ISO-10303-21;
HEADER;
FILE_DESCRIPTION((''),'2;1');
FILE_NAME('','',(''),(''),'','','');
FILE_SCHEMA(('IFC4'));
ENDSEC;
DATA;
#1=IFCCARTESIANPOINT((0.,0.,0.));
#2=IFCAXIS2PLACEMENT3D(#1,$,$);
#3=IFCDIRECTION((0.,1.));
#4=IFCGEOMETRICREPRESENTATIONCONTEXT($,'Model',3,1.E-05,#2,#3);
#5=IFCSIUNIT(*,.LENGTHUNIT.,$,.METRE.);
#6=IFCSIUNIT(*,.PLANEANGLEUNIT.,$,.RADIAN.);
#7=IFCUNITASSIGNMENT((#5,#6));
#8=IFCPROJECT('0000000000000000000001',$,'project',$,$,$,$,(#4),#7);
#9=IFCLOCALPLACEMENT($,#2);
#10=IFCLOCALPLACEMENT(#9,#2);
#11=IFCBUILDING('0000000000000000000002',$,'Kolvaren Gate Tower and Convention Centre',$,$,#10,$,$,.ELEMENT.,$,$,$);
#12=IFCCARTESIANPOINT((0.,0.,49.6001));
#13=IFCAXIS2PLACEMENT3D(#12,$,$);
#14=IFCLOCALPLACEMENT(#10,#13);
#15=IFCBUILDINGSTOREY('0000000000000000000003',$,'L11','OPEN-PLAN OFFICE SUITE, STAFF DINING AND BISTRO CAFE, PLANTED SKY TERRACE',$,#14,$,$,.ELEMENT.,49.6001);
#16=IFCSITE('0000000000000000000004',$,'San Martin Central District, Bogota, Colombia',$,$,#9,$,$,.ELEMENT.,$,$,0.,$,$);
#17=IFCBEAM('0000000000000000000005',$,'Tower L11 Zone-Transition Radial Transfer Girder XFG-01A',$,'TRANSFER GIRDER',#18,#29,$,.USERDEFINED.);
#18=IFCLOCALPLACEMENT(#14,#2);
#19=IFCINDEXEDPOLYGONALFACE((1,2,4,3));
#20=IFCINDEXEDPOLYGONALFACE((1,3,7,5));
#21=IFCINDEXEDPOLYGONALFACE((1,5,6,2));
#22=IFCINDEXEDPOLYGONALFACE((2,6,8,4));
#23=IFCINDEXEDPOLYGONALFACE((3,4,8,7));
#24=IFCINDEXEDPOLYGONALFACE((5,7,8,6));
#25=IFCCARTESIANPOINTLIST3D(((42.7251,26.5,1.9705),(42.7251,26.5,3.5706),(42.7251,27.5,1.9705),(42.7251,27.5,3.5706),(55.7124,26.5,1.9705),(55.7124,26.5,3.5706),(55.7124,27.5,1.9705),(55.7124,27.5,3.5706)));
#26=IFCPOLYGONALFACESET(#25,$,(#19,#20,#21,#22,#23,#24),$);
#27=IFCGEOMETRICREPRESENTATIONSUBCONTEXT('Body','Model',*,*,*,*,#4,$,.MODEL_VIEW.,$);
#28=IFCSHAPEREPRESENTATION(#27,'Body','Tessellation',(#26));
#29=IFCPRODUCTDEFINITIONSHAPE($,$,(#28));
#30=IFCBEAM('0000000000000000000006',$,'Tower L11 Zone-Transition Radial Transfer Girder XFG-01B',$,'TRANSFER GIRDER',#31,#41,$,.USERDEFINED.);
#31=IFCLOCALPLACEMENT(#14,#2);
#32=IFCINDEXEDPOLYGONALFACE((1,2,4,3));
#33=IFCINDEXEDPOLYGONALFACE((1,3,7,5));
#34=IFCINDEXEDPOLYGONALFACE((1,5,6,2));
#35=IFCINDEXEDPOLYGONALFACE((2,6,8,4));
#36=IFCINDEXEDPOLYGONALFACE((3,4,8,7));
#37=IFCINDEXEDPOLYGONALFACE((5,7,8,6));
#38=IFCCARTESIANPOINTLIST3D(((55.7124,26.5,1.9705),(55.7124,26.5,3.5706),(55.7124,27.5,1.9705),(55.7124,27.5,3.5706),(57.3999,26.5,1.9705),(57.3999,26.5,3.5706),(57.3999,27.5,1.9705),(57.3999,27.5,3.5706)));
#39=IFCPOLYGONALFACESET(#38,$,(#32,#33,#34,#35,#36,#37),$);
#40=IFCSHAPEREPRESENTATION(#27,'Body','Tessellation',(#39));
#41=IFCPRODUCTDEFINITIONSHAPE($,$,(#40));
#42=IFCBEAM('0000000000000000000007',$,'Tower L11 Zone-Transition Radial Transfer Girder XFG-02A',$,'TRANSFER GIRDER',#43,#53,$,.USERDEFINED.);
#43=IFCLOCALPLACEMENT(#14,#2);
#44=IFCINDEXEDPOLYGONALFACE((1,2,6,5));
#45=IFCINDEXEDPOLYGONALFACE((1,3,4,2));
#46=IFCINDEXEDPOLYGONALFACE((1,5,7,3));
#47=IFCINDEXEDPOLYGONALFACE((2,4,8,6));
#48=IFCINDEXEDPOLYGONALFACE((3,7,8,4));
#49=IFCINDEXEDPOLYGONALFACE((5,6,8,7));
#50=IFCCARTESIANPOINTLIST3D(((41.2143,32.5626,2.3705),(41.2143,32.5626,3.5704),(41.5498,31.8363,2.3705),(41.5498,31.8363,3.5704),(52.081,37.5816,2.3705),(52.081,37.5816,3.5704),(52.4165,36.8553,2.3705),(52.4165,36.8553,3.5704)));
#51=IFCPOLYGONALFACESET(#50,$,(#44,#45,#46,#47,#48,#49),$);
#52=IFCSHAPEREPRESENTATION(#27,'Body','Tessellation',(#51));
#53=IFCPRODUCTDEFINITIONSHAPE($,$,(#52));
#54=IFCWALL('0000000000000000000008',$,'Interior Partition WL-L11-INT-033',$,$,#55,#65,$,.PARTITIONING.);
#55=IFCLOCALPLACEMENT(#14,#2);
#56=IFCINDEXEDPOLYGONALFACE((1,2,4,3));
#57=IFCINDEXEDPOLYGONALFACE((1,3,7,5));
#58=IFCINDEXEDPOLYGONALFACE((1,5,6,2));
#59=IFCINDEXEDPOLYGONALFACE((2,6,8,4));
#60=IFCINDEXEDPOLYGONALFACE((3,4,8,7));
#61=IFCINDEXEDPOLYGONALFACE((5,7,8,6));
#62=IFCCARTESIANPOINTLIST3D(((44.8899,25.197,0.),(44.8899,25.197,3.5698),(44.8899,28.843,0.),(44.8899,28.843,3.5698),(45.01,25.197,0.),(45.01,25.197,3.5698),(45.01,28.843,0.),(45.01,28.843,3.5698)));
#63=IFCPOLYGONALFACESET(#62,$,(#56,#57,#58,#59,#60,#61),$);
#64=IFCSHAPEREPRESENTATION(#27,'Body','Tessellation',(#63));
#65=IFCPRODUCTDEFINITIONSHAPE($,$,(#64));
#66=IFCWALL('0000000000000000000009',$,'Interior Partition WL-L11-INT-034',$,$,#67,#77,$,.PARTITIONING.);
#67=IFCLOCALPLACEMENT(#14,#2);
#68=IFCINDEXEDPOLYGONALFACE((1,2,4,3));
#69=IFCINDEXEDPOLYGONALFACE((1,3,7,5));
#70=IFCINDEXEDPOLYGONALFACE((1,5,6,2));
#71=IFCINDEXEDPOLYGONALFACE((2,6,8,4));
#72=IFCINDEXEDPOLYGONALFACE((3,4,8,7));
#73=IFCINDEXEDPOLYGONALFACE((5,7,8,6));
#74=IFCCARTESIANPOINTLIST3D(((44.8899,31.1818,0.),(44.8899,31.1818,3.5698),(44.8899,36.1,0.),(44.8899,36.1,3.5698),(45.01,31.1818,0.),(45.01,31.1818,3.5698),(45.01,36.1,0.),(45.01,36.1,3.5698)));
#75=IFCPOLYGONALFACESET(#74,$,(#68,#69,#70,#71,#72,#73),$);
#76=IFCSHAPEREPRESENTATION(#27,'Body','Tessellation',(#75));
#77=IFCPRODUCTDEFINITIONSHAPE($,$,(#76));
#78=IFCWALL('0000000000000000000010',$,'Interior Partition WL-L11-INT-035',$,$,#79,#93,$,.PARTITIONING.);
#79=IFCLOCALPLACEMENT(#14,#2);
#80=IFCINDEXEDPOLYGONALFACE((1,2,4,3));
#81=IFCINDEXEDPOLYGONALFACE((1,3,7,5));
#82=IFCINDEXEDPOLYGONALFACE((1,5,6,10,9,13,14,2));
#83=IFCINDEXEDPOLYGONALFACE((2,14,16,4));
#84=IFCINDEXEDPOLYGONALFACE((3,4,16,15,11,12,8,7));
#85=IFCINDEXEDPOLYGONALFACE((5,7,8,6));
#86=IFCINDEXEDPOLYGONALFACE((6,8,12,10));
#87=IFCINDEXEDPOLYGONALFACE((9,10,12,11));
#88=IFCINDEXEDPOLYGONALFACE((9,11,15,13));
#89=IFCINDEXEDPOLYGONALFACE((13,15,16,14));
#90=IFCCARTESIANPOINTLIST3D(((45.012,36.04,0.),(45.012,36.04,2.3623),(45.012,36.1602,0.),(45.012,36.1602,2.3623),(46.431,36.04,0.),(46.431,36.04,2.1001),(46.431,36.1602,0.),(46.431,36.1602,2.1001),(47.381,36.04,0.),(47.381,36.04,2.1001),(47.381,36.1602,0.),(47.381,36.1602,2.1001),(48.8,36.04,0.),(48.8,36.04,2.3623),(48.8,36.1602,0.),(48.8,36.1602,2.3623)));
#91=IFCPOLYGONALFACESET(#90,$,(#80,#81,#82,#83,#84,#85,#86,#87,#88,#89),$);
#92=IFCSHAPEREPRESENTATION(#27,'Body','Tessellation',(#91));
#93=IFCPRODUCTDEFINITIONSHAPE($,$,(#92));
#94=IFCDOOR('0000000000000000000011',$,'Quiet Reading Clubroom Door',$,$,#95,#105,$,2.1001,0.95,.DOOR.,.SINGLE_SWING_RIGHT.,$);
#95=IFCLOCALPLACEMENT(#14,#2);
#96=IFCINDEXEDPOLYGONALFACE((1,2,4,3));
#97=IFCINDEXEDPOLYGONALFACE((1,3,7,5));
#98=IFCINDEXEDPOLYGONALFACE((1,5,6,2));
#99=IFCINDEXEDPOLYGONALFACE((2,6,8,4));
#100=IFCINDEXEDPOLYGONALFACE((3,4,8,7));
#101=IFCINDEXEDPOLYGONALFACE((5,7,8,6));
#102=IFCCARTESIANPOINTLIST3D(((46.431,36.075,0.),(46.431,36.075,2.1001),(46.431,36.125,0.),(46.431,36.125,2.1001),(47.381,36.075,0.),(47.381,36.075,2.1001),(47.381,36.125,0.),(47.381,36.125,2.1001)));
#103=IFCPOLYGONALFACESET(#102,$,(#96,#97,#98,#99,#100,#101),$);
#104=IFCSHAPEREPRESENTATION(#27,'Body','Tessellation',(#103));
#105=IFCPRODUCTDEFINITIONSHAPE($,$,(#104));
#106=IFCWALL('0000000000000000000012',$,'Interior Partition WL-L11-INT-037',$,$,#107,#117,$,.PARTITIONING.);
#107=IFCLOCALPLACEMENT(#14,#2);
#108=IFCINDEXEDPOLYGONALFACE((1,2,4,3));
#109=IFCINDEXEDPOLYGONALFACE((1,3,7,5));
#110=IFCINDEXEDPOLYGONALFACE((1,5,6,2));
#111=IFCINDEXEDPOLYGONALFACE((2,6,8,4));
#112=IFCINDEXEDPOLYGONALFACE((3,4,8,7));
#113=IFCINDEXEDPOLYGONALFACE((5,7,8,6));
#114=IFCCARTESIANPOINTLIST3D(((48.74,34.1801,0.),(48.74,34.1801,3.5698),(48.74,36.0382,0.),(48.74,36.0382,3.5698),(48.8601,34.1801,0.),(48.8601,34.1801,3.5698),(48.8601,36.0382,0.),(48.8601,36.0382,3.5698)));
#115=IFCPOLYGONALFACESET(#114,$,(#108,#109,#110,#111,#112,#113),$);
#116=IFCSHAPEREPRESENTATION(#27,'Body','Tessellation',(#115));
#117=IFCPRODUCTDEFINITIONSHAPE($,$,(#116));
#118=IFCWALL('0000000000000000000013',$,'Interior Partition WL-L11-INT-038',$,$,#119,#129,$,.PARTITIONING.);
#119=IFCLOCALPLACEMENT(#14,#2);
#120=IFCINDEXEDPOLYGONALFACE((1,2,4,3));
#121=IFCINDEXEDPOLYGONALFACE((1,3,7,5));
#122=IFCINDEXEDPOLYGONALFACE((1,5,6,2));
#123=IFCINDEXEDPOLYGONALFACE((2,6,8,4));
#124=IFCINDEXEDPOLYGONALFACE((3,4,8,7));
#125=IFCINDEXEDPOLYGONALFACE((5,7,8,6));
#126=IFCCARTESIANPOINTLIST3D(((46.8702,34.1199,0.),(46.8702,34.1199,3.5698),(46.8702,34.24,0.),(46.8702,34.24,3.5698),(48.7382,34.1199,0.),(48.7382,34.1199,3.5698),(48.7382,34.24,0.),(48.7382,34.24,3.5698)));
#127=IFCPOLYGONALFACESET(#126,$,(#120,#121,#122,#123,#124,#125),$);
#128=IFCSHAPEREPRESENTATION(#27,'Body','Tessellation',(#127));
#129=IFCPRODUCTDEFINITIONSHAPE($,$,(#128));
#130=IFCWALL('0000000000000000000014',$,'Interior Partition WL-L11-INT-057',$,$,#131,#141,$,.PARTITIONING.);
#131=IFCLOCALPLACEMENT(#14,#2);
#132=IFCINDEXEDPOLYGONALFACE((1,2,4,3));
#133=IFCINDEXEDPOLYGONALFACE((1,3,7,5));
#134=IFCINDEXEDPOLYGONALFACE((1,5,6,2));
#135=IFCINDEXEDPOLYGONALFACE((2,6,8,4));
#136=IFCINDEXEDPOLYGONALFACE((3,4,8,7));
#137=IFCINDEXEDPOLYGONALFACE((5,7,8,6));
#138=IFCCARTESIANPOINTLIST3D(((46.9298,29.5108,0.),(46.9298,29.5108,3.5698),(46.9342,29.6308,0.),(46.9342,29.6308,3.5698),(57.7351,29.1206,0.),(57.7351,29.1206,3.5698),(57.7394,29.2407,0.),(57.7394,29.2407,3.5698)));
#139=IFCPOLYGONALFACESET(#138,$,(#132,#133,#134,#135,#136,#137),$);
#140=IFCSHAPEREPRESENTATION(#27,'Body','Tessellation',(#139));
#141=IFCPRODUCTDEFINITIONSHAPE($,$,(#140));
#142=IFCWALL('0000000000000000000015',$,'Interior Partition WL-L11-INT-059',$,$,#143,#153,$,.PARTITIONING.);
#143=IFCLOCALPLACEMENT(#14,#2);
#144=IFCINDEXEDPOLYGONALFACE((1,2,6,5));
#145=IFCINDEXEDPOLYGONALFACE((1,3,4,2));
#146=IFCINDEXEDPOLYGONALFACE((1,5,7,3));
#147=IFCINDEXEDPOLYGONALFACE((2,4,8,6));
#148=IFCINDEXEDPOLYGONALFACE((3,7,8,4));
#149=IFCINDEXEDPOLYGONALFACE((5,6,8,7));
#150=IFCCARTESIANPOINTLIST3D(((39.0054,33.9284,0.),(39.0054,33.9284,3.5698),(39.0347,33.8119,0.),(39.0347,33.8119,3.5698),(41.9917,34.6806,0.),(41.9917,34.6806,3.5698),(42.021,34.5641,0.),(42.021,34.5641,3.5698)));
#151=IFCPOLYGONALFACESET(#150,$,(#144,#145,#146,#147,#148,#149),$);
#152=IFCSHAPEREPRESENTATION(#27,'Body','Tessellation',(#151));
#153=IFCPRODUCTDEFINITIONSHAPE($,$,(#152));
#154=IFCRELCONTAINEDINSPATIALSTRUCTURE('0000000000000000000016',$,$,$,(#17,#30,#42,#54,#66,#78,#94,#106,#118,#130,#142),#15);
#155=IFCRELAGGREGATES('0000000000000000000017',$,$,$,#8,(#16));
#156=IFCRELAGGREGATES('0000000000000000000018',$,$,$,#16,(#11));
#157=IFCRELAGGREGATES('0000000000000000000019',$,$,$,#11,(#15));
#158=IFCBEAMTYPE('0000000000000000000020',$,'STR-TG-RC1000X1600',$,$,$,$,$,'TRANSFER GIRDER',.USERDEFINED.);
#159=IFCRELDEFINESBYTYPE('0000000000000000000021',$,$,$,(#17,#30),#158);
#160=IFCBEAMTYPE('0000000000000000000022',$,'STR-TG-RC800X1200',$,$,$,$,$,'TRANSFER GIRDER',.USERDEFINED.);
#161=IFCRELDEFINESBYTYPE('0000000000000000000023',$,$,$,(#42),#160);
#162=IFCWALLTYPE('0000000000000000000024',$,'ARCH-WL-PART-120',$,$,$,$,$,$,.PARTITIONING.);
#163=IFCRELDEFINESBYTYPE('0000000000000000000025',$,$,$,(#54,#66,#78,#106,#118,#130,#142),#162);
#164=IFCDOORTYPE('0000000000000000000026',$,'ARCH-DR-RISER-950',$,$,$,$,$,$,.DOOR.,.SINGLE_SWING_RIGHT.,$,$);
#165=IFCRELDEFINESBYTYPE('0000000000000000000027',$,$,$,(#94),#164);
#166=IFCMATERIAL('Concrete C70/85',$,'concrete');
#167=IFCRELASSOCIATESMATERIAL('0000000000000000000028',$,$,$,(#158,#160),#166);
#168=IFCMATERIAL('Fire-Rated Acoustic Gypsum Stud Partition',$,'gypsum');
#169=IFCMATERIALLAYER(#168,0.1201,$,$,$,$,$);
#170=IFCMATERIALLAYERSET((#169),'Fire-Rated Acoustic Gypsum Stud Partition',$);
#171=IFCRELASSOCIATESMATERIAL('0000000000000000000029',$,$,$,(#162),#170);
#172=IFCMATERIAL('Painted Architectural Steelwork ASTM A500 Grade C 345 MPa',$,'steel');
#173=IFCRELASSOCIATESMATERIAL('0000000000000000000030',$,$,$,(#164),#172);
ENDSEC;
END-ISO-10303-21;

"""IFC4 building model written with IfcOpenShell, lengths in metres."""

from ifc_helpers import new_model, si_unit, direction, frame, frame_2d, origin, origin_2d, place, context, subcontext, project, spatial, rectangle, extrude, material, layer, layer_set, material_profile, profile_set, type_object, element, fill, save


model = new_model("IFC4")

# Units and contexts
model_context = context("Model", 3, precision=1e-05, world=origin(), true_north=direction((0.0, 1.0)))
body_context = subcontext(model_context, "Body", "Model", "MODEL_VIEW")
ifc_project = project(units=[si_unit("LENGTHUNIT", "METRE"), si_unit("PLANEANGLEUNIT", "RADIAN")], contexts=[model_context])

# Site, building, storey
site_placement = place(None, origin())
site = spatial("IfcSite", under=ifc_project, at=site_placement, Name="San Martin Central District, Bogota, Colombia", CompositionType="ELEMENT", RefElevation=0.0)
building_placement = place(site_placement, origin())
building = spatial("IfcBuilding", under=site, at=building_placement, Name="Kolvaren Gate Tower and Convention Centre", CompositionType="ELEMENT")
storey_placement = place(building_placement, frame((0.0, 0.0, 49.6001)))
storey = spatial("IfcBuildingStorey", under=building, at=storey_placement, Name="L11", Description="OPEN-PLAN OFFICE SUITE, STAFF DINING AND BISTRO CAFE, PLANTED SKY TERRACE", CompositionType="ELEMENT", Elevation=49.6001)

# Shared definitions
ifc_material_1 = material(Name="Concrete C70/85", Category="concrete")

# Beams
ifc_material_profile_1 = material_profile(ifc_material_1, rectangle(XDim=1.0, YDim=1.6001, at=origin_2d()), Name="RC-BM-1000X1600")
ifc_profile_set_1 = profile_set([ifc_material_profile_1], Name="Concrete C70/85")
beam_type_1 = type_object("IfcBeamType", Name="STR-TG-RC1000X1600", ElementType="TRANSFER GIRDER", PredefinedType="USERDEFINED", material=ifc_profile_set_1)
beam_1_placement = place(storey_placement, frame((42.7251, 27.0, 2.7705), z_axis=(1.0, 0.0, 0.0), x_axis=(0.0, 1.0, 0.0)))
element("IfcBeam", 1, at=beam_1_placement, inside=storey, type_object=beam_type_1, Name="Tower L11 Zone-Transition Radial Transfer Girder XFG-01A", ObjectType="TRANSFER GIRDER", PredefinedType="USERDEFINED", context=body_context, shape_type="SweptSolid", body=[
    extrude(rectangle(XDim=1.0, YDim=1.6001, at=origin_2d()), origin(), (0.0, 0.0, 1.0), 12.9873),
])
beam_2_placement = place(storey_placement, frame((55.7124, 27.0, 2.7705), z_axis=(1.0, 0.0, 0.0), x_axis=(0.0, 1.0, 0.0)))
element("IfcBeam", 2, at=beam_2_placement, inside=storey, type_object=beam_type_1, Name="Tower L11 Zone-Transition Radial Transfer Girder XFG-01B", ObjectType="TRANSFER GIRDER", PredefinedType="USERDEFINED", context=body_context, shape_type="SweptSolid", body=[
    extrude(rectangle(XDim=1.0, YDim=1.6001, at=origin_2d()), origin(), (0.0, 0.0, 1.0), 1.6875),
])
ifc_material_profile_2 = material_profile(ifc_material_1, rectangle(XDim=0.8, YDim=1.2, at=origin_2d()), Name="RC-BM-800X1200")
ifc_profile_set_2 = profile_set([ifc_material_profile_2], Name="Concrete C70/85")
beam_type_2 = type_object("IfcBeamType", Name="STR-TG-RC800X1200", ElementType="TRANSFER GIRDER", PredefinedType="USERDEFINED", material=ifc_profile_set_2)
beam_3_placement = place(storey_placement, frame((41.3821, 32.1995, 2.9705), z_axis=(0.907844, 0.419309, 0.0), x_axis=(-0.419309, 0.907844, 0.0)))
element("IfcBeam", 3, at=beam_3_placement, inside=storey, type_object=beam_type_2, Name="Tower L11 Zone-Transition Radial Transfer Girder XFG-02A", ObjectType="TRANSFER GIRDER", PredefinedType="USERDEFINED", context=body_context, shape_type="SweptSolid", body=[
    extrude(rectangle(XDim=0.8, YDim=1.2, at=origin_2d()), origin(), (0.0, 0.0, 1.0), 11.9697),
])

# Walls
ifc_material_2 = material(Name="Fire-Rated Acoustic Gypsum Stud Partition", Category="gypsum")
ifc_layer_1 = layer(ifc_material_2, 0.1201)
ifc_layer_set_1 = layer_set([ifc_layer_1], Name="Fire-Rated Acoustic Gypsum Stud Partition")
wall_type_1 = type_object("IfcWallType", Name="ARCH-WL-PART-120", PredefinedType="PARTITIONING", material=ifc_layer_set_1)
wall_1_placement = place(storey_placement, frame((44.95, 25.197, 0.0), z_axis=(0.0, 0.0, 1.0), x_axis=(0.0, 1.0, 0.0)))
element("IfcWall", 4, at=wall_1_placement, inside=storey, type_object=wall_type_1, Name="Interior Partition WL-L11-INT-033", PredefinedType="PARTITIONING", context=body_context, shape_type="SweptSolid", body=[
    extrude(rectangle(XDim=3.646, YDim=0.1201, at=frame_2d((1.823, 0.0))), origin(), (0.0, 0.0, 1.0), 3.5698),
])
wall_2_placement = place(storey_placement, frame((44.95, 31.1819, 0.0), z_axis=(0.0, 0.0, 1.0), x_axis=(0.0, 1.0, 0.0)))
element("IfcWall", 5, at=wall_2_placement, inside=storey, type_object=wall_type_1, Name="Interior Partition WL-L11-INT-034", PredefinedType="PARTITIONING", context=body_context, shape_type="SweptSolid", body=[
    extrude(rectangle(XDim=4.9182, YDim=0.1201, at=frame_2d((2.459, 0.0))), origin(), (0.0, 0.0, 1.0), 3.5698),
])

# Wall, opening, door
wall_3_placement = place(storey_placement, frame((45.012, 36.1001, 0.0), z_axis=(0.0, 0.0, 1.0), x_axis=(1.0, 0.0, 0.0)))
wall_3 = element("IfcWall", 6, at=wall_3_placement, inside=storey, type_object=wall_type_1, Name="Interior Partition WL-L11-INT-035", PredefinedType="PARTITIONING", context=body_context, shape_type="SweptSolid", body=[
    extrude(rectangle(XDim=3.7881, YDim=0.1201, at=frame_2d((1.894, 0.0))), origin(), (0.0, 0.0, 1.0), 2.3623),
])
opening_1_placement = place(wall_3_placement, frame((1.4189, 0.0, 0.0)))
opening_1 = element("IfcOpeningElement", 7, at=opening_1_placement, cuts=wall_3, PredefinedType="OPENING", context=body_context, shape_type="SweptSolid", body=[
    extrude(rectangle(XDim=0.95, YDim=2.1001, at=frame_2d((0.4751, 1.05))), frame((0.0, 0.0701, 0.0), z_axis=(0.0, -1.0, 0.0), x_axis=(1.0, 0.0, 0.0)), (0.0, 0.0, 1.0), 0.1401),
])
ifc_material_3 = material(Name="Painted Architectural Steelwork ASTM A500 Grade C 345 MPa", Category="steel")
door_type = type_object("IfcDoorType", Name="ARCH-DR-RISER-950", OperationType="SINGLE_SWING_RIGHT", PredefinedType="DOOR", material=ifc_material_3)
door_placement = place(opening_1_placement, origin())
door = element("IfcDoor", 8, at=door_placement, inside=storey, type_object=door_type, Name="Quiet Reading Clubroom Door", OperationType="SINGLE_SWING_RIGHT", OverallHeight=2.1001, OverallWidth=0.95, PredefinedType="DOOR", context=body_context, shape_type="SweptSolid", body=[
    extrude(rectangle(XDim=0.95, YDim=2.1001, at=frame_2d((0.4751, 1.05))), frame((0.0, 0.0249, 0.0), z_axis=(0.0, -1.0, 0.0), x_axis=(1.0, 0.0, 0.0)), (0.0, 0.0, 1.0), 0.05),
])
fill(opening_1, door)

# Walls
wall_4_placement = place(storey_placement, frame((48.8, 34.1799, 0.0), z_axis=(0.0, 0.0, 1.0), x_axis=(0.0, 1.0, 0.0)))
element("IfcWall", 9, at=wall_4_placement, inside=storey, type_object=wall_type_1, Name="Interior Partition WL-L11-INT-037", PredefinedType="PARTITIONING", context=body_context, shape_type="SweptSolid", body=[
    extrude(rectangle(XDim=1.8582, YDim=0.1201, at=frame_2d((0.9292, 0.0))), origin(), (0.0, 0.0, 1.0), 3.5698),
])
wall_5_placement = place(storey_placement, frame((46.8701, 34.1799, 0.0), z_axis=(0.0, 0.0, 1.0), x_axis=(1.0, 0.0, 0.0)))
element("IfcWall", 10, at=wall_5_placement, inside=storey, type_object=wall_type_1, Name="Interior Partition WL-L11-INT-038", PredefinedType="PARTITIONING", context=body_context, shape_type="SweptSolid", body=[
    extrude(rectangle(XDim=1.8679, YDim=0.1201, at=frame_2d((0.9341, 0.0))), origin(), (0.0, 0.0, 1.0), 3.5698),
])
wall_6_placement = place(storey_placement, frame((46.9319, 29.5708, 0.0), z_axis=(0.0, 0.0, 1.0), x_axis=(0.999349, -0.036083, 0.0)))
element("IfcWall", 11, at=wall_6_placement, inside=storey, type_object=wall_type_1, Name="Interior Partition WL-L11-INT-057", PredefinedType="PARTITIONING", context=body_context, shape_type="SweptSolid", body=[
    extrude(rectangle(XDim=10.8123, YDim=0.1201, at=frame_2d((5.4062, 0.0))), origin(), (0.0, 0.0, 1.0), 3.5698),
])
wall_7_placement = place(storey_placement, frame((39.02, 33.8701, 0.0), z_axis=(0.0, 0.0, 1.0), x_axis=(0.969712, 0.244251, 0.0)))
element("IfcWall", 12, at=wall_7_placement, inside=storey, type_object=wall_type_1, Name="Interior Partition WL-L11-INT-059", PredefinedType="PARTITIONING", context=body_context, shape_type="SweptSolid", body=[
    extrude(rectangle(XDim=3.0796, YDim=0.1201, at=frame_2d((1.5398, 0.0))), origin(), (0.0, 0.0, 1.0), 3.5698),
])

save(model, "model.ifc")
